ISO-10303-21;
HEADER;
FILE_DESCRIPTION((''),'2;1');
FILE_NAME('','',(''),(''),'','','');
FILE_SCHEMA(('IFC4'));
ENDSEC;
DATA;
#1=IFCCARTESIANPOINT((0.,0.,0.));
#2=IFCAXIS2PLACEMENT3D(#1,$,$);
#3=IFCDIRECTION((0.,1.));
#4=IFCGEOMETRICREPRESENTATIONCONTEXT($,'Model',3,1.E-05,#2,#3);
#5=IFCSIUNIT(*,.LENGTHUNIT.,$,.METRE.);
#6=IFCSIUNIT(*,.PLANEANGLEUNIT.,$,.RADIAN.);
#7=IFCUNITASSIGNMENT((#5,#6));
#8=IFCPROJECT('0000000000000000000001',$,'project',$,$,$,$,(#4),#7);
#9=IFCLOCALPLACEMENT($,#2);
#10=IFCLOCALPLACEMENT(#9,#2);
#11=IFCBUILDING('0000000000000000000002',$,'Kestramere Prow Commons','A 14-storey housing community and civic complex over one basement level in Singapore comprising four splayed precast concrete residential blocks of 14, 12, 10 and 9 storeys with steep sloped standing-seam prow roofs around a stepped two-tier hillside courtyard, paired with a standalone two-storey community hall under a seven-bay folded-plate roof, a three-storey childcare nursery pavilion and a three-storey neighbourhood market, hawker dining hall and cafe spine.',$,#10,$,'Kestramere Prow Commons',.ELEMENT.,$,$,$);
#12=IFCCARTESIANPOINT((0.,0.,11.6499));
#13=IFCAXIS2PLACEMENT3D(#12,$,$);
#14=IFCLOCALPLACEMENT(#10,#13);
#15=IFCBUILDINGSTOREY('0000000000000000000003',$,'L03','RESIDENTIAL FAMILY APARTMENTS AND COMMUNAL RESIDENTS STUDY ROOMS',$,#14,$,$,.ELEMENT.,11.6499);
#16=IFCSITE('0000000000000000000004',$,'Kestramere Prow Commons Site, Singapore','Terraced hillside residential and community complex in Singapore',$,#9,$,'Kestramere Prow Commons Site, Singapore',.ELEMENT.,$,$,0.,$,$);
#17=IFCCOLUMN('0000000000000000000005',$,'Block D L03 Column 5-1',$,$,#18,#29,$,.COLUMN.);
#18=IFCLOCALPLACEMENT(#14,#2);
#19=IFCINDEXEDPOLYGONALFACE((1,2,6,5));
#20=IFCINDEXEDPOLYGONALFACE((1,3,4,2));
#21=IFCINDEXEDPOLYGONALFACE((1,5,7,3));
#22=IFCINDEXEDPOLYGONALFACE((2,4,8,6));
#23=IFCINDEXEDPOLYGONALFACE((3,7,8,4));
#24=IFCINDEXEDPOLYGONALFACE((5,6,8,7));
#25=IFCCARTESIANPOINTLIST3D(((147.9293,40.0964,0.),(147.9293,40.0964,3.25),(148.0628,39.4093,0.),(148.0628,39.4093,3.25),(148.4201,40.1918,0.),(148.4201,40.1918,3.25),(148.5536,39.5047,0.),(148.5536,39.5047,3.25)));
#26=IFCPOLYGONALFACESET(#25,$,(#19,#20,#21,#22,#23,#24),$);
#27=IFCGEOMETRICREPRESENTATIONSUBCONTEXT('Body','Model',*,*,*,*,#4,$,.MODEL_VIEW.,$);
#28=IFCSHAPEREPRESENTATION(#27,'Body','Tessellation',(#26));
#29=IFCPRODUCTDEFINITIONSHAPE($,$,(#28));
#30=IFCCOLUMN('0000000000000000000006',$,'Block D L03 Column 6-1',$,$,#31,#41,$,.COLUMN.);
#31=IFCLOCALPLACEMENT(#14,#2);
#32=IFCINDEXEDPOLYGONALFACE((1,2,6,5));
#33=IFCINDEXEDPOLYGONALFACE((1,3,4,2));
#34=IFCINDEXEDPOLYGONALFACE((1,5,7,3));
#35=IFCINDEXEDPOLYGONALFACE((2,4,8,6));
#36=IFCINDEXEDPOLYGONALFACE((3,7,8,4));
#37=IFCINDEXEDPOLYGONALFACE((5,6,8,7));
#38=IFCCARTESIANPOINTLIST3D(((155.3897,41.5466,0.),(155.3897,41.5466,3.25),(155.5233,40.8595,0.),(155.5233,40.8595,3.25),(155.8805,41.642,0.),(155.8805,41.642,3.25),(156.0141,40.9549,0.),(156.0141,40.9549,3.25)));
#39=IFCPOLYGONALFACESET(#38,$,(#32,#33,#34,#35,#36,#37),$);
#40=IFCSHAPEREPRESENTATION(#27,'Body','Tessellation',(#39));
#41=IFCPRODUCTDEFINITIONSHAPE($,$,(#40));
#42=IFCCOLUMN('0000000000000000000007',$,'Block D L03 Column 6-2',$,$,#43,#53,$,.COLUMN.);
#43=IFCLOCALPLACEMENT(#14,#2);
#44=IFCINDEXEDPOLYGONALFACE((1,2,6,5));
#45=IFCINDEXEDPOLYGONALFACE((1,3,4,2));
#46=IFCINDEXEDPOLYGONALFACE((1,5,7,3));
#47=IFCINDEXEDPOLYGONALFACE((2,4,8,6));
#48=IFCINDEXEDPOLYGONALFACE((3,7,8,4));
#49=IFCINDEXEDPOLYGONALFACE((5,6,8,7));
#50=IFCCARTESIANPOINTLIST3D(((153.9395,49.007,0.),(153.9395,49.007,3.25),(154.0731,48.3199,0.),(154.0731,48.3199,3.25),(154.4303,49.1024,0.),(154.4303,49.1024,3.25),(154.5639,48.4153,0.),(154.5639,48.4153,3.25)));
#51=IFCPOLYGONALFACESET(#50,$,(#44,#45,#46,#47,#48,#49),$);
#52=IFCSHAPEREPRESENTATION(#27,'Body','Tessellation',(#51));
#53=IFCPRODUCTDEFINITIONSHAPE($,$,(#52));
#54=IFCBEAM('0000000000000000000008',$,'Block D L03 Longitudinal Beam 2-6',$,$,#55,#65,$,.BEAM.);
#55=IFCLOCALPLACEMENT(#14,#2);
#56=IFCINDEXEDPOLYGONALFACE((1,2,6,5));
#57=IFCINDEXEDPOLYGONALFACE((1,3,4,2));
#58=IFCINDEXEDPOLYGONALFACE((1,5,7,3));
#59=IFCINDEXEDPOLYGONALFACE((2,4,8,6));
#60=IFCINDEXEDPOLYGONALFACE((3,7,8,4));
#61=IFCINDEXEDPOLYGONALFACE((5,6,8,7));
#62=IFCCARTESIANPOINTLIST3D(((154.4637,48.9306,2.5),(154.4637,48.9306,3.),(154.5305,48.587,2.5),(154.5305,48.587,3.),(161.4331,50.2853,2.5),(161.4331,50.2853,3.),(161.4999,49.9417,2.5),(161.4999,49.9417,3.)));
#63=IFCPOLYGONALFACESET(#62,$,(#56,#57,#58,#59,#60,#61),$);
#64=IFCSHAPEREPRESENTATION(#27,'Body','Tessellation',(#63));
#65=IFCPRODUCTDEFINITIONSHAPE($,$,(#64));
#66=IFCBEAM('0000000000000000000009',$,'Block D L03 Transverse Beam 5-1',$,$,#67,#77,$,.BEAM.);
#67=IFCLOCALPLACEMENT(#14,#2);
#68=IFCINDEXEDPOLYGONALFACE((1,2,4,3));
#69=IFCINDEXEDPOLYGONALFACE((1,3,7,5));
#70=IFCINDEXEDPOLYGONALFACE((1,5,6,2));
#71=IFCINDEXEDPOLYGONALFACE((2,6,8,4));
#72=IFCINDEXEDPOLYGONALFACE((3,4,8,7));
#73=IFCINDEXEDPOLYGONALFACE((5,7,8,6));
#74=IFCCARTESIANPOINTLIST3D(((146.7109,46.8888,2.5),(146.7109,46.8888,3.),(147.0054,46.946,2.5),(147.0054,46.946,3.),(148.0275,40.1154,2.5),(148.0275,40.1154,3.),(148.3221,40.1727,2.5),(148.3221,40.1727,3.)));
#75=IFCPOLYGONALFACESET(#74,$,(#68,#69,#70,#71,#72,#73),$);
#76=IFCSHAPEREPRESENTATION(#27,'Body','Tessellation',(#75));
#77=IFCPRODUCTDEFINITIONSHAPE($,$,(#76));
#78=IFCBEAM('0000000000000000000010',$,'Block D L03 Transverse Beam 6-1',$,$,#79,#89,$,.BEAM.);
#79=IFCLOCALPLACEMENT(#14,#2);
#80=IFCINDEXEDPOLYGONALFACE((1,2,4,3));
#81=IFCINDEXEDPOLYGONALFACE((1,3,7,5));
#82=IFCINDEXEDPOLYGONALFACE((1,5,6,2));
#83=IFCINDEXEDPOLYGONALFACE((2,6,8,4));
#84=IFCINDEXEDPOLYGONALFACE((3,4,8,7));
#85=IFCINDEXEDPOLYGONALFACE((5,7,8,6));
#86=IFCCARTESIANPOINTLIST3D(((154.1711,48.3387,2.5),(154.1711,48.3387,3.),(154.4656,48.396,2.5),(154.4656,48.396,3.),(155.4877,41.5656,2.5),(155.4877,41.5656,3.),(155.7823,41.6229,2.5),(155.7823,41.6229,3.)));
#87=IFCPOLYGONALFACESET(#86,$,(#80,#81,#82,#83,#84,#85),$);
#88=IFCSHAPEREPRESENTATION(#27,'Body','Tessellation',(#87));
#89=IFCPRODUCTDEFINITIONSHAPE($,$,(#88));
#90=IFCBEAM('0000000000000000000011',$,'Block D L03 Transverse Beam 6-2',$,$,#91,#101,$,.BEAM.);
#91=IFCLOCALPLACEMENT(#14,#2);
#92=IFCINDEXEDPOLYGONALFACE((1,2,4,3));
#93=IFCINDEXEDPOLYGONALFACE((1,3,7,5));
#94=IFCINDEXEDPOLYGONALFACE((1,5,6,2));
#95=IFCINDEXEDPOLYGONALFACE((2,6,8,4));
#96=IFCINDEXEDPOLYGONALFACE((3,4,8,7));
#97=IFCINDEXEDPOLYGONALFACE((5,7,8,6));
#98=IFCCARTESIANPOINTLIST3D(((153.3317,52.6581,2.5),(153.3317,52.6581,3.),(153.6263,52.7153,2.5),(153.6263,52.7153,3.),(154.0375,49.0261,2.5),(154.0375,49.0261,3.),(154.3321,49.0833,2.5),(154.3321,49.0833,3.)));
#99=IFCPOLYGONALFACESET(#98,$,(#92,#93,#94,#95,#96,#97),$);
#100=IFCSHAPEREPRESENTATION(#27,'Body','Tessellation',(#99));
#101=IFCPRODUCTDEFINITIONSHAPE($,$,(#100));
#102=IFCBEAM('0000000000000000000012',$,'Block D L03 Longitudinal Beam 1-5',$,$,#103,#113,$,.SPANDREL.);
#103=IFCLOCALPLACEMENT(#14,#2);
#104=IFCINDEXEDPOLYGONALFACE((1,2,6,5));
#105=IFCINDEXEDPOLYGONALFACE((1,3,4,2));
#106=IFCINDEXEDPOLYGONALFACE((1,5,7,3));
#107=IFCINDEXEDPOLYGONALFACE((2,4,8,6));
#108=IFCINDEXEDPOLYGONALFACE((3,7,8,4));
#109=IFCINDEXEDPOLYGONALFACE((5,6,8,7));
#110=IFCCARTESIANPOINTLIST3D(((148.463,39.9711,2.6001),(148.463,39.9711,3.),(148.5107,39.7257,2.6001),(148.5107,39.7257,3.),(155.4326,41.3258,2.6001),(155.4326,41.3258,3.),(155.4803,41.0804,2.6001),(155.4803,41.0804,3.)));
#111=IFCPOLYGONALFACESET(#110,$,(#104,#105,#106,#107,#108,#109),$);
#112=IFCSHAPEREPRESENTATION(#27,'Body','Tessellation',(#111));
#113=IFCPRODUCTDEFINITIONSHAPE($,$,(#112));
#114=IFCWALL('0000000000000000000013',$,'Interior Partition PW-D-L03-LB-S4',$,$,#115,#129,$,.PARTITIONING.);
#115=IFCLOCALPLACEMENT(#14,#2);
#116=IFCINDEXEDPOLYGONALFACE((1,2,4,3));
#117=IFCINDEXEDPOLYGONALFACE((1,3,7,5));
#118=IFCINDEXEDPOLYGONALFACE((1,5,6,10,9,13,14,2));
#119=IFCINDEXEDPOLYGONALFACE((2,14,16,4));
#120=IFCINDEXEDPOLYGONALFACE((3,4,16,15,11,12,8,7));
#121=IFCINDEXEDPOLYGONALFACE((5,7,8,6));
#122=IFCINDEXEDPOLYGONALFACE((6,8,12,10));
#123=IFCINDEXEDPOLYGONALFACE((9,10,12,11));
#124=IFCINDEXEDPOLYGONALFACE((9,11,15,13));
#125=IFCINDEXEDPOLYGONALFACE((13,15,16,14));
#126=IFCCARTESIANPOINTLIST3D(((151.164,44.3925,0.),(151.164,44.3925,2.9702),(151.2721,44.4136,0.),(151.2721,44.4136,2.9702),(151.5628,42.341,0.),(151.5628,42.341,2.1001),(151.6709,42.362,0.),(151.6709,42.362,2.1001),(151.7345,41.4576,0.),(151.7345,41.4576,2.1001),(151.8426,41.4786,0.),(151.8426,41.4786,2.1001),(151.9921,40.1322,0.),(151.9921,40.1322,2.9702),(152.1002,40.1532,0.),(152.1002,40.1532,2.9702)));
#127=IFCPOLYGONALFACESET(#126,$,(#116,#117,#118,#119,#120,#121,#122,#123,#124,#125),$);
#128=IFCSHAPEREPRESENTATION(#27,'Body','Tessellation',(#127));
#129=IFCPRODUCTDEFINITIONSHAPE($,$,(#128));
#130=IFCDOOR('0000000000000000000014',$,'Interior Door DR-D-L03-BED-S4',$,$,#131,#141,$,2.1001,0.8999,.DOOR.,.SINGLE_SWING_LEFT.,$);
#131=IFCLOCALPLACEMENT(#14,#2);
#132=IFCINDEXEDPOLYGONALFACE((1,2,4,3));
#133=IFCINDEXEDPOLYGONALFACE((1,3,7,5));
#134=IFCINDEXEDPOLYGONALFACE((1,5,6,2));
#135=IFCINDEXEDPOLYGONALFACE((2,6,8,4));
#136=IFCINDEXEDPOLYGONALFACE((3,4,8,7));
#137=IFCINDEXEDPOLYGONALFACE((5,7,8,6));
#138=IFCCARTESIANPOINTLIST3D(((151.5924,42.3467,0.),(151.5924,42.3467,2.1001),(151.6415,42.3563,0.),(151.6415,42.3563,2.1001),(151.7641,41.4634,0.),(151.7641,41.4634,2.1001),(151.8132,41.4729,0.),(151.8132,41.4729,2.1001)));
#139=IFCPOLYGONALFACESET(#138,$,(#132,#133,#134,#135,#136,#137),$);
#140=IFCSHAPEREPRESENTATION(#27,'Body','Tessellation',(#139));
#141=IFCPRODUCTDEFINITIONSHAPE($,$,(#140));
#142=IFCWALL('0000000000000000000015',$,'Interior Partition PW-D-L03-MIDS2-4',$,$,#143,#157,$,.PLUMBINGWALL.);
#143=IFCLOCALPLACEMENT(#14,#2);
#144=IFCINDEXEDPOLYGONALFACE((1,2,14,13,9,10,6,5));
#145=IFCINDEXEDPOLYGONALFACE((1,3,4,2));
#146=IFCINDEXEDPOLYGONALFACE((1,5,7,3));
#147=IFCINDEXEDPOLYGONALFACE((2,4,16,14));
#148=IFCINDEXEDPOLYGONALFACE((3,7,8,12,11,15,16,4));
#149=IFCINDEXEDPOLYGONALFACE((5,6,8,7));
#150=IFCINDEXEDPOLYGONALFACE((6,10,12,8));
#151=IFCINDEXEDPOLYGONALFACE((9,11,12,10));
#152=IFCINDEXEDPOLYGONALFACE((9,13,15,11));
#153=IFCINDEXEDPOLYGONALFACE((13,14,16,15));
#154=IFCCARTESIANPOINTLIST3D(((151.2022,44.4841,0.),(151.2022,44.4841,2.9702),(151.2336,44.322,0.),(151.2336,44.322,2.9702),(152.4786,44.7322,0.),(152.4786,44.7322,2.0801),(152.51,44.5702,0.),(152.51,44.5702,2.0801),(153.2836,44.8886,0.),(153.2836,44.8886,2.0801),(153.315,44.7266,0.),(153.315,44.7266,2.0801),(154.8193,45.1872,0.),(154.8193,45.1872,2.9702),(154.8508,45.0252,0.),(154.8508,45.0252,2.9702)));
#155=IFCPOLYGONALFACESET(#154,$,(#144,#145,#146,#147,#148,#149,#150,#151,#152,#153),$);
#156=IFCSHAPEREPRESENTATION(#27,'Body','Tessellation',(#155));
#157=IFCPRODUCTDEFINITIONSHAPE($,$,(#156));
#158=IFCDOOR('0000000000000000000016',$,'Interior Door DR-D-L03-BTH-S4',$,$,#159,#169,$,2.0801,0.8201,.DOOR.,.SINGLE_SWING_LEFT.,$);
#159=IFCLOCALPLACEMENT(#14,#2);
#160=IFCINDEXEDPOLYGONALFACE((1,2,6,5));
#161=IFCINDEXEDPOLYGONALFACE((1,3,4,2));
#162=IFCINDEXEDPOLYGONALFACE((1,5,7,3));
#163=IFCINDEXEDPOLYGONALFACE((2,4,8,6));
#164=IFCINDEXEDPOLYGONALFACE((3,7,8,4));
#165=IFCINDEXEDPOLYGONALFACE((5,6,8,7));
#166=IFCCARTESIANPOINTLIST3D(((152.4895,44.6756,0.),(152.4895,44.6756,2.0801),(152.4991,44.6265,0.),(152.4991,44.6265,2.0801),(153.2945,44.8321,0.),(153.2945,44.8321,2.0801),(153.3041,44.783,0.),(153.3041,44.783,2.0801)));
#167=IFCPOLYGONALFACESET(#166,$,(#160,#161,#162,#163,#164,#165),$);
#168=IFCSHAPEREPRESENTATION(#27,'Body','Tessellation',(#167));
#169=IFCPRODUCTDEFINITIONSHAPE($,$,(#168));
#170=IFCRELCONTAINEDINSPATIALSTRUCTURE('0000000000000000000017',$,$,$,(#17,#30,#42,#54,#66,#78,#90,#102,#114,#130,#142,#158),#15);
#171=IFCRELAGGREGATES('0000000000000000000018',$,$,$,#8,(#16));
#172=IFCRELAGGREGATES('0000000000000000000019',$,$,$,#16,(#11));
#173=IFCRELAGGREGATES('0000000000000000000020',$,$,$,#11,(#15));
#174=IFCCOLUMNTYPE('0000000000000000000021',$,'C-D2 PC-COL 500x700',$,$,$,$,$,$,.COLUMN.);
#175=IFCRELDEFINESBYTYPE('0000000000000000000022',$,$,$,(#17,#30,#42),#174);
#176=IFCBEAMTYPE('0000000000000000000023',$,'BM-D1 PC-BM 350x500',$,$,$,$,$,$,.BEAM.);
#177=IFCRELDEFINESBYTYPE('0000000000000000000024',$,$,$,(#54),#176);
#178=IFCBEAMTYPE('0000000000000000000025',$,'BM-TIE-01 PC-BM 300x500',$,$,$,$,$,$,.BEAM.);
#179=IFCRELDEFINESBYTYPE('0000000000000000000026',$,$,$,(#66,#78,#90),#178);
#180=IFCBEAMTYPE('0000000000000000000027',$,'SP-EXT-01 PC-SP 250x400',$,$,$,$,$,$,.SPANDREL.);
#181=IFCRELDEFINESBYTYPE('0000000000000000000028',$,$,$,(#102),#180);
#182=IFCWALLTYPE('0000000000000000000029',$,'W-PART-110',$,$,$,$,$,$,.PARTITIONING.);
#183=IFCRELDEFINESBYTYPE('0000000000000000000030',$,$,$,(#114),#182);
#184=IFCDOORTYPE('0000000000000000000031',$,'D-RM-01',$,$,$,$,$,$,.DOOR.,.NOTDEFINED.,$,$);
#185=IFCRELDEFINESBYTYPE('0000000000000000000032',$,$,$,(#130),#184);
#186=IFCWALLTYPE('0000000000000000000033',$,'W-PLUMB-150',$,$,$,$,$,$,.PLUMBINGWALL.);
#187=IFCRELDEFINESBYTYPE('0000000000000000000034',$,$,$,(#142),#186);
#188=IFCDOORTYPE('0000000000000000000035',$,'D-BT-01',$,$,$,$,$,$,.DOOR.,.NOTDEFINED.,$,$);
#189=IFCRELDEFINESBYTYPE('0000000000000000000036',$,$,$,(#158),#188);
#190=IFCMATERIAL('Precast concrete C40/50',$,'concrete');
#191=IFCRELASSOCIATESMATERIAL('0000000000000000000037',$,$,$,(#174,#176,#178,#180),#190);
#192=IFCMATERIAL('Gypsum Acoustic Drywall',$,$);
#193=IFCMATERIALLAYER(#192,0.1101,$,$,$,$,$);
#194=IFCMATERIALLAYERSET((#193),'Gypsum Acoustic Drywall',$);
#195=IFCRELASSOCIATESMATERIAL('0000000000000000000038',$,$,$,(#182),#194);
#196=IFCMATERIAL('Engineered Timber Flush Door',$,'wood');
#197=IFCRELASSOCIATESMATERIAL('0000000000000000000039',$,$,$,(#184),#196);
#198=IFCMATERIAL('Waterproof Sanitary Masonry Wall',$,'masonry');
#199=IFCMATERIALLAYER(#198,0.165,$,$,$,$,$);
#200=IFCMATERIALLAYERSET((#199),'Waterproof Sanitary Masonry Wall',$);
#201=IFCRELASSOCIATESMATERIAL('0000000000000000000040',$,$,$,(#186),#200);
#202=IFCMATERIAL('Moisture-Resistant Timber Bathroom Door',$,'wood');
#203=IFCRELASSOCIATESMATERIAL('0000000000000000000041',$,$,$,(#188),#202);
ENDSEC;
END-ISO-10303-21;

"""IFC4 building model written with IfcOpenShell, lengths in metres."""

from ifc_helpers import new_model, si_unit, direction, frame, frame_2d, origin, origin_2d, place, context, subcontext, project, spatial, rectangle, extrude, material, layer, layer_set, material_profile, profile_set, type_object, element, fill, save


model = new_model("IFC4")

# Units and contexts
model_context = context("Model", 3, precision=1e-05, world=origin(), true_north=direction((0.0, 1.0)))
body_context = subcontext(model_context, "Body", "Model", "MODEL_VIEW")
ifc_project = project(units=[si_unit("LENGTHUNIT", "METRE"), si_unit("PLANEANGLEUNIT", "RADIAN")], contexts=[model_context])

# Site, building, storey
site_placement = place(None, origin())
site = spatial("IfcSite", under=ifc_project, at=site_placement, Name="Kestramere Prow Commons Site, Singapore", Description="Terraced hillside residential and community complex in Singapore", LongName="Kestramere Prow Commons Site, Singapore", CompositionType="ELEMENT", RefElevation=0.0)
building_placement = place(site_placement, origin())
building = spatial("IfcBuilding", under=site, at=building_placement, Name="Kestramere Prow Commons", Description="A 14-storey housing community and civic complex over one basement level in Singapore comprising four splayed precast concrete residential blocks of 14, 12, 10 and 9 storeys with steep sloped standing-seam prow roofs around a stepped two-tier hillside courtyard, paired with a standalone two-storey community hall under a seven-bay folded-plate roof, a three-storey childcare nursery pavilion and a three-storey neighbourhood market, hawker dining hall and cafe spine.", LongName="Kestramere Prow Commons", CompositionType="ELEMENT")
storey_placement = place(building_placement, frame((0.0, 0.0, 11.6499)))
storey = spatial("IfcBuildingStorey", under=building, at=storey_placement, Name="L03", Description="RESIDENTIAL FAMILY APARTMENTS AND COMMUNAL RESIDENTS STUDY ROOMS", CompositionType="ELEMENT", Elevation=11.6499)

# Columns
ifc_material_1 = material(Name="Precast concrete C40/50", Category="concrete")
ifc_material_profile_1 = material_profile(ifc_material_1, rectangle(XDim=0.5, YDim=0.7, at=origin_2d()), Name="PC-COL 500x700")
ifc_profile_set_1 = profile_set([ifc_material_profile_1], Name="Precast concrete C40/50")
column_type = type_object("IfcColumnType", Name="C-D2 PC-COL 500x700", PredefinedType="COLUMN", material=ifc_profile_set_1)
for number, where, z_axis, x_axis, name in (
    (1, (148.2415, 39.8005, 0.0), (0.0, 0.0, 1.0), (0.981627, 0.190809, 0.0), "Block D L03 Column 5-1"),
    (2, (155.7019, 41.2507, 0.0), (0.0, 0.0, 1.0), (0.981627, 0.190809, 0.0), "Block D L03 Column 6-1"),
    (3, (154.2517, 48.7112, 0.0), (0.0, 0.0, 1.0), (0.981627, 0.190809, 0.0), "Block D L03 Column 6-2"),
):
    element("IfcColumn", number, at=place(storey_placement, frame(where, z_axis=z_axis, x_axis=x_axis)), inside=storey, type_object=column_type, Name=name, PredefinedType="COLUMN", context=body_context, shape_type="SweptSolid", body=[
        extrude(rectangle(XDim=0.5, YDim=0.7, at=origin_2d()), origin(), (0.0, 0.0, 1.0), 3.25),
    ])

# Beams
ifc_material_profile_2 = material_profile(ifc_material_1, rectangle(XDim=0.3501, YDim=0.5, at=origin_2d()), Name="PC-BM 350x500")
ifc_profile_set_2 = profile_set([ifc_material_profile_2], Name="Precast concrete C40/50")
beam_type_1 = type_object("IfcBeamType", Name="BM-D1 PC-BM 350x500", PredefinedType="BEAM", material=ifc_profile_set_2)
beam_1_placement = place(storey_placement, frame((154.4971, 48.7588, 2.75), z_axis=(0.981627, 0.19081, 0.0), x_axis=(-0.19081, 0.981627, 0.0)))
element("IfcBeam", 4, at=beam_1_placement, inside=storey, type_object=beam_type_1, Name="Block D L03 Longitudinal Beam 2-6", PredefinedType="BEAM", context=body_context, shape_type="SweptSolid", body=[
    extrude(rectangle(XDim=0.3501, YDim=0.5, at=origin_2d()), origin(), (0.0, 0.0, 1.0), 7.0999),
])
ifc_material_profile_3 = material_profile(ifc_material_1, rectangle(XDim=0.3, YDim=0.5, at=origin_2d()), Name="PC-BM 300x500")
ifc_profile_set_3 = profile_set([ifc_material_profile_3], Name="Precast concrete C40/50")
beam_type_2 = type_object("IfcBeamType", Name="BM-TIE-01 PC-BM 300x500", PredefinedType="BEAM", material=ifc_profile_set_3)
beam_2_placement = place(storey_placement, frame((148.1748, 40.144, 2.75), z_axis=(-0.190813, 0.981626, 0.0), x_axis=(-0.981626, -0.190813, 0.0)))
element("IfcBeam", 5, at=beam_2_placement, inside=storey, type_object=beam_type_2, Name="Block D L03 Transverse Beam 5-1", PredefinedType="BEAM", context=body_context, shape_type="SweptSolid", body=[
    extrude(rectangle(XDim=0.3, YDim=0.5, at=origin_2d()), origin(), (0.0, 0.0, 1.0), 6.9001),
])
beam_3_placement = place(storey_placement, frame((155.635, 41.5942, 2.75), z_axis=(-0.190819, 0.981625, 0.0), x_axis=(-0.981625, -0.190819, 0.0)))
element("IfcBeam", 6, at=beam_3_placement, inside=storey, type_object=beam_type_2, Name="Block D L03 Transverse Beam 6-1", PredefinedType="BEAM", context=body_context, shape_type="SweptSolid", body=[
    extrude(rectangle(XDim=0.3, YDim=0.5, at=origin_2d()), origin(), (0.0, 0.0, 1.0), 6.8999),
])
beam_4_placement = place(storey_placement, frame((154.1848, 49.0547, 2.75), z_axis=(-0.190758, 0.981637, 0.0), x_axis=(-0.981637, -0.190758, 0.0)))
element("IfcBeam", 7, at=beam_4_placement, inside=storey, type_object=beam_type_2, Name="Block D L03 Transverse Beam 6-2", PredefinedType="BEAM", context=body_context, shape_type="SweptSolid", body=[
    extrude(rectangle(XDim=0.3, YDim=0.5, at=origin_2d()), origin(), (0.0, 0.0, 1.0), 3.7),
])
ifc_material_profile_4 = material_profile(ifc_material_1, rectangle(XDim=0.25, YDim=0.3999, at=origin_2d()), Name="PC-SP 250x400")
ifc_profile_set_4 = profile_set([ifc_material_profile_4], Name="Precast concrete C40/50")
beam_type_3 = type_object("IfcBeamType", Name="SP-EXT-01 PC-SP 250x400", PredefinedType="SPANDREL", material=ifc_profile_set_4)
beam_5_placement = place(storey_placement, frame((148.4868, 39.8484, 2.8), z_axis=(0.981628, 0.190803, 0.0), x_axis=(-0.190803, 0.981628, 0.0)))
element("IfcBeam", 8, at=beam_5_placement, inside=storey, type_object=beam_type_3, Name="Block D L03 Longitudinal Beam 1-5", PredefinedType="SPANDREL", context=body_context, shape_type="SweptSolid", body=[
    extrude(rectangle(XDim=0.25, YDim=0.3999, at=origin_2d()), origin(), (0.0, 0.0, 1.0), 7.1001),
])

# Walls, openings, doors
ifc_material_2 = material(Name="Gypsum Acoustic Drywall")
ifc_layer_1 = layer(ifc_material_2, 0.1101)
ifc_layer_set_1 = layer_set([ifc_layer_1], Name="Gypsum Acoustic Drywall")
wall_type_1 = type_object("IfcWallType", Name="W-PART-110", PredefinedType="PARTITIONING", material=ifc_layer_set_1)
wall_1_placement = place(storey_placement, frame((152.0461, 40.1428, 0.0), z_axis=(0.0, 0.0, 1.0), x_axis=(-0.190812, 0.981627, 0.0)))
wall_1 = element("IfcWall", 9, at=wall_1_placement, inside=storey, type_object=wall_type_1, Name="Interior Partition PW-D-L03-LB-S4", PredefinedType="PARTITIONING", context=body_context, shape_type="SweptSolid", body=[
    extrude(rectangle(XDim=4.3401, YDim=0.1101, at=frame_2d((2.1699, 0.0))), origin(), (0.0, 0.0, 1.0), 2.9702),
])
opening_1_placement = place(wall_1_placement, frame((1.3501, 0.0, 0.0)))
opening_1 = element("IfcOpeningElement", 10, at=opening_1_placement, cuts=wall_1, PredefinedType="OPENING", context=body_context, shape_type="SweptSolid", body=[
    extrude(rectangle(XDim=0.8999, YDim=2.1001, at=frame_2d((0.45, 1.05))), frame((0.0, 0.0701, 0.0), z_axis=(0.0, -1.0, 0.0), x_axis=(1.0, 0.0, 0.0)), (0.0, 0.0, 1.0), 0.1401),
])
ifc_material_3 = material(Name="Engineered Timber Flush Door", Category="wood")
door_type_1 = type_object("IfcDoorType", Name="D-RM-01", OperationType="NOTDEFINED", PredefinedType="DOOR", material=ifc_material_3)
door_1_placement = place(opening_1_placement, origin())
door_1 = element("IfcDoor", 11, at=door_1_placement, inside=storey, type_object=door_type_1, Name="Interior Door DR-D-L03-BED-S4", OperationType="SINGLE_SWING_LEFT", OverallHeight=2.1001, OverallWidth=0.8999, PredefinedType="DOOR", context=body_context, shape_type="SweptSolid", body=[
    extrude(rectangle(XDim=0.8999, YDim=2.1001, at=frame_2d((0.45, 1.05))), frame((0.0, 0.0249, 0.0), z_axis=(0.0, -1.0, 0.0), x_axis=(1.0, 0.0, 0.0)), (0.0, 0.0, 1.0), 0.05),
])
fill(opening_1, door_1)
ifc_material_4 = material(Name="Waterproof Sanitary Masonry Wall", Category="masonry")
ifc_layer_2 = layer(ifc_material_4, 0.165)
ifc_layer_set_2 = layer_set([ifc_layer_2], Name="Waterproof Sanitary Masonry Wall")
wall_type_2 = type_object("IfcWallType", Name="W-PLUMB-150", PredefinedType="PLUMBINGWALL", material=ifc_layer_set_2)
wall_2_placement = place(storey_placement, frame((151.218, 44.4031, 0.0), z_axis=(0.0, 0.0, 1.0), x_axis=(0.981626, 0.190813, 0.0)))
wall_2 = element("IfcWall", 12, at=wall_2_placement, inside=storey, type_object=wall_type_2, Name="Interior Partition PW-D-L03-MIDS2-4", PredefinedType="PLUMBINGWALL", context=body_context, shape_type="SweptSolid", body=[
    extrude(rectangle(XDim=3.6848, YDim=0.165, at=frame_2d((1.8423, 0.0))), origin(), (0.0, 0.0, 1.0), 2.9702),
])
opening_2_placement = place(wall_2_placement, frame((1.3, 0.0, 0.0)))
opening_2 = element("IfcOpeningElement", 13, at=opening_2_placement, cuts=wall_2, PredefinedType="OPENING", context=body_context, shape_type="SweptSolid", body=[
    extrude(rectangle(XDim=0.8201, YDim=2.0801, at=frame_2d((0.4102, 1.04))), frame((0.0, 0.0974, 0.0), z_axis=(0.0, -1.0, 0.0), x_axis=(1.0, 0.0, 0.0)), (0.0, 0.0, 1.0), 0.1951),
])
ifc_material_5 = material(Name="Moisture-Resistant Timber Bathroom Door", Category="wood")
door_type_2 = type_object("IfcDoorType", Name="D-BT-01", OperationType="NOTDEFINED", PredefinedType="DOOR", material=ifc_material_5)
door_2_placement = place(opening_2_placement, origin())
door_2 = element("IfcDoor", 14, at=door_2_placement, inside=storey, type_object=door_type_2, Name="Interior Door DR-D-L03-BTH-S4", OperationType="SINGLE_SWING_LEFT", OverallHeight=2.0801, OverallWidth=0.8201, PredefinedType="DOOR", context=body_context, shape_type="SweptSolid", body=[
    extrude(rectangle(XDim=0.8201, YDim=2.0801, at=frame_2d((0.4102, 1.04))), frame((0.0, 0.0249, 0.0), z_axis=(0.0, -1.0, 0.0), x_axis=(1.0, 0.0, 0.0)), (0.0, 0.0, 1.0), 0.05),
])
fill(opening_2, door_2)

save(model, "model.ifc")
